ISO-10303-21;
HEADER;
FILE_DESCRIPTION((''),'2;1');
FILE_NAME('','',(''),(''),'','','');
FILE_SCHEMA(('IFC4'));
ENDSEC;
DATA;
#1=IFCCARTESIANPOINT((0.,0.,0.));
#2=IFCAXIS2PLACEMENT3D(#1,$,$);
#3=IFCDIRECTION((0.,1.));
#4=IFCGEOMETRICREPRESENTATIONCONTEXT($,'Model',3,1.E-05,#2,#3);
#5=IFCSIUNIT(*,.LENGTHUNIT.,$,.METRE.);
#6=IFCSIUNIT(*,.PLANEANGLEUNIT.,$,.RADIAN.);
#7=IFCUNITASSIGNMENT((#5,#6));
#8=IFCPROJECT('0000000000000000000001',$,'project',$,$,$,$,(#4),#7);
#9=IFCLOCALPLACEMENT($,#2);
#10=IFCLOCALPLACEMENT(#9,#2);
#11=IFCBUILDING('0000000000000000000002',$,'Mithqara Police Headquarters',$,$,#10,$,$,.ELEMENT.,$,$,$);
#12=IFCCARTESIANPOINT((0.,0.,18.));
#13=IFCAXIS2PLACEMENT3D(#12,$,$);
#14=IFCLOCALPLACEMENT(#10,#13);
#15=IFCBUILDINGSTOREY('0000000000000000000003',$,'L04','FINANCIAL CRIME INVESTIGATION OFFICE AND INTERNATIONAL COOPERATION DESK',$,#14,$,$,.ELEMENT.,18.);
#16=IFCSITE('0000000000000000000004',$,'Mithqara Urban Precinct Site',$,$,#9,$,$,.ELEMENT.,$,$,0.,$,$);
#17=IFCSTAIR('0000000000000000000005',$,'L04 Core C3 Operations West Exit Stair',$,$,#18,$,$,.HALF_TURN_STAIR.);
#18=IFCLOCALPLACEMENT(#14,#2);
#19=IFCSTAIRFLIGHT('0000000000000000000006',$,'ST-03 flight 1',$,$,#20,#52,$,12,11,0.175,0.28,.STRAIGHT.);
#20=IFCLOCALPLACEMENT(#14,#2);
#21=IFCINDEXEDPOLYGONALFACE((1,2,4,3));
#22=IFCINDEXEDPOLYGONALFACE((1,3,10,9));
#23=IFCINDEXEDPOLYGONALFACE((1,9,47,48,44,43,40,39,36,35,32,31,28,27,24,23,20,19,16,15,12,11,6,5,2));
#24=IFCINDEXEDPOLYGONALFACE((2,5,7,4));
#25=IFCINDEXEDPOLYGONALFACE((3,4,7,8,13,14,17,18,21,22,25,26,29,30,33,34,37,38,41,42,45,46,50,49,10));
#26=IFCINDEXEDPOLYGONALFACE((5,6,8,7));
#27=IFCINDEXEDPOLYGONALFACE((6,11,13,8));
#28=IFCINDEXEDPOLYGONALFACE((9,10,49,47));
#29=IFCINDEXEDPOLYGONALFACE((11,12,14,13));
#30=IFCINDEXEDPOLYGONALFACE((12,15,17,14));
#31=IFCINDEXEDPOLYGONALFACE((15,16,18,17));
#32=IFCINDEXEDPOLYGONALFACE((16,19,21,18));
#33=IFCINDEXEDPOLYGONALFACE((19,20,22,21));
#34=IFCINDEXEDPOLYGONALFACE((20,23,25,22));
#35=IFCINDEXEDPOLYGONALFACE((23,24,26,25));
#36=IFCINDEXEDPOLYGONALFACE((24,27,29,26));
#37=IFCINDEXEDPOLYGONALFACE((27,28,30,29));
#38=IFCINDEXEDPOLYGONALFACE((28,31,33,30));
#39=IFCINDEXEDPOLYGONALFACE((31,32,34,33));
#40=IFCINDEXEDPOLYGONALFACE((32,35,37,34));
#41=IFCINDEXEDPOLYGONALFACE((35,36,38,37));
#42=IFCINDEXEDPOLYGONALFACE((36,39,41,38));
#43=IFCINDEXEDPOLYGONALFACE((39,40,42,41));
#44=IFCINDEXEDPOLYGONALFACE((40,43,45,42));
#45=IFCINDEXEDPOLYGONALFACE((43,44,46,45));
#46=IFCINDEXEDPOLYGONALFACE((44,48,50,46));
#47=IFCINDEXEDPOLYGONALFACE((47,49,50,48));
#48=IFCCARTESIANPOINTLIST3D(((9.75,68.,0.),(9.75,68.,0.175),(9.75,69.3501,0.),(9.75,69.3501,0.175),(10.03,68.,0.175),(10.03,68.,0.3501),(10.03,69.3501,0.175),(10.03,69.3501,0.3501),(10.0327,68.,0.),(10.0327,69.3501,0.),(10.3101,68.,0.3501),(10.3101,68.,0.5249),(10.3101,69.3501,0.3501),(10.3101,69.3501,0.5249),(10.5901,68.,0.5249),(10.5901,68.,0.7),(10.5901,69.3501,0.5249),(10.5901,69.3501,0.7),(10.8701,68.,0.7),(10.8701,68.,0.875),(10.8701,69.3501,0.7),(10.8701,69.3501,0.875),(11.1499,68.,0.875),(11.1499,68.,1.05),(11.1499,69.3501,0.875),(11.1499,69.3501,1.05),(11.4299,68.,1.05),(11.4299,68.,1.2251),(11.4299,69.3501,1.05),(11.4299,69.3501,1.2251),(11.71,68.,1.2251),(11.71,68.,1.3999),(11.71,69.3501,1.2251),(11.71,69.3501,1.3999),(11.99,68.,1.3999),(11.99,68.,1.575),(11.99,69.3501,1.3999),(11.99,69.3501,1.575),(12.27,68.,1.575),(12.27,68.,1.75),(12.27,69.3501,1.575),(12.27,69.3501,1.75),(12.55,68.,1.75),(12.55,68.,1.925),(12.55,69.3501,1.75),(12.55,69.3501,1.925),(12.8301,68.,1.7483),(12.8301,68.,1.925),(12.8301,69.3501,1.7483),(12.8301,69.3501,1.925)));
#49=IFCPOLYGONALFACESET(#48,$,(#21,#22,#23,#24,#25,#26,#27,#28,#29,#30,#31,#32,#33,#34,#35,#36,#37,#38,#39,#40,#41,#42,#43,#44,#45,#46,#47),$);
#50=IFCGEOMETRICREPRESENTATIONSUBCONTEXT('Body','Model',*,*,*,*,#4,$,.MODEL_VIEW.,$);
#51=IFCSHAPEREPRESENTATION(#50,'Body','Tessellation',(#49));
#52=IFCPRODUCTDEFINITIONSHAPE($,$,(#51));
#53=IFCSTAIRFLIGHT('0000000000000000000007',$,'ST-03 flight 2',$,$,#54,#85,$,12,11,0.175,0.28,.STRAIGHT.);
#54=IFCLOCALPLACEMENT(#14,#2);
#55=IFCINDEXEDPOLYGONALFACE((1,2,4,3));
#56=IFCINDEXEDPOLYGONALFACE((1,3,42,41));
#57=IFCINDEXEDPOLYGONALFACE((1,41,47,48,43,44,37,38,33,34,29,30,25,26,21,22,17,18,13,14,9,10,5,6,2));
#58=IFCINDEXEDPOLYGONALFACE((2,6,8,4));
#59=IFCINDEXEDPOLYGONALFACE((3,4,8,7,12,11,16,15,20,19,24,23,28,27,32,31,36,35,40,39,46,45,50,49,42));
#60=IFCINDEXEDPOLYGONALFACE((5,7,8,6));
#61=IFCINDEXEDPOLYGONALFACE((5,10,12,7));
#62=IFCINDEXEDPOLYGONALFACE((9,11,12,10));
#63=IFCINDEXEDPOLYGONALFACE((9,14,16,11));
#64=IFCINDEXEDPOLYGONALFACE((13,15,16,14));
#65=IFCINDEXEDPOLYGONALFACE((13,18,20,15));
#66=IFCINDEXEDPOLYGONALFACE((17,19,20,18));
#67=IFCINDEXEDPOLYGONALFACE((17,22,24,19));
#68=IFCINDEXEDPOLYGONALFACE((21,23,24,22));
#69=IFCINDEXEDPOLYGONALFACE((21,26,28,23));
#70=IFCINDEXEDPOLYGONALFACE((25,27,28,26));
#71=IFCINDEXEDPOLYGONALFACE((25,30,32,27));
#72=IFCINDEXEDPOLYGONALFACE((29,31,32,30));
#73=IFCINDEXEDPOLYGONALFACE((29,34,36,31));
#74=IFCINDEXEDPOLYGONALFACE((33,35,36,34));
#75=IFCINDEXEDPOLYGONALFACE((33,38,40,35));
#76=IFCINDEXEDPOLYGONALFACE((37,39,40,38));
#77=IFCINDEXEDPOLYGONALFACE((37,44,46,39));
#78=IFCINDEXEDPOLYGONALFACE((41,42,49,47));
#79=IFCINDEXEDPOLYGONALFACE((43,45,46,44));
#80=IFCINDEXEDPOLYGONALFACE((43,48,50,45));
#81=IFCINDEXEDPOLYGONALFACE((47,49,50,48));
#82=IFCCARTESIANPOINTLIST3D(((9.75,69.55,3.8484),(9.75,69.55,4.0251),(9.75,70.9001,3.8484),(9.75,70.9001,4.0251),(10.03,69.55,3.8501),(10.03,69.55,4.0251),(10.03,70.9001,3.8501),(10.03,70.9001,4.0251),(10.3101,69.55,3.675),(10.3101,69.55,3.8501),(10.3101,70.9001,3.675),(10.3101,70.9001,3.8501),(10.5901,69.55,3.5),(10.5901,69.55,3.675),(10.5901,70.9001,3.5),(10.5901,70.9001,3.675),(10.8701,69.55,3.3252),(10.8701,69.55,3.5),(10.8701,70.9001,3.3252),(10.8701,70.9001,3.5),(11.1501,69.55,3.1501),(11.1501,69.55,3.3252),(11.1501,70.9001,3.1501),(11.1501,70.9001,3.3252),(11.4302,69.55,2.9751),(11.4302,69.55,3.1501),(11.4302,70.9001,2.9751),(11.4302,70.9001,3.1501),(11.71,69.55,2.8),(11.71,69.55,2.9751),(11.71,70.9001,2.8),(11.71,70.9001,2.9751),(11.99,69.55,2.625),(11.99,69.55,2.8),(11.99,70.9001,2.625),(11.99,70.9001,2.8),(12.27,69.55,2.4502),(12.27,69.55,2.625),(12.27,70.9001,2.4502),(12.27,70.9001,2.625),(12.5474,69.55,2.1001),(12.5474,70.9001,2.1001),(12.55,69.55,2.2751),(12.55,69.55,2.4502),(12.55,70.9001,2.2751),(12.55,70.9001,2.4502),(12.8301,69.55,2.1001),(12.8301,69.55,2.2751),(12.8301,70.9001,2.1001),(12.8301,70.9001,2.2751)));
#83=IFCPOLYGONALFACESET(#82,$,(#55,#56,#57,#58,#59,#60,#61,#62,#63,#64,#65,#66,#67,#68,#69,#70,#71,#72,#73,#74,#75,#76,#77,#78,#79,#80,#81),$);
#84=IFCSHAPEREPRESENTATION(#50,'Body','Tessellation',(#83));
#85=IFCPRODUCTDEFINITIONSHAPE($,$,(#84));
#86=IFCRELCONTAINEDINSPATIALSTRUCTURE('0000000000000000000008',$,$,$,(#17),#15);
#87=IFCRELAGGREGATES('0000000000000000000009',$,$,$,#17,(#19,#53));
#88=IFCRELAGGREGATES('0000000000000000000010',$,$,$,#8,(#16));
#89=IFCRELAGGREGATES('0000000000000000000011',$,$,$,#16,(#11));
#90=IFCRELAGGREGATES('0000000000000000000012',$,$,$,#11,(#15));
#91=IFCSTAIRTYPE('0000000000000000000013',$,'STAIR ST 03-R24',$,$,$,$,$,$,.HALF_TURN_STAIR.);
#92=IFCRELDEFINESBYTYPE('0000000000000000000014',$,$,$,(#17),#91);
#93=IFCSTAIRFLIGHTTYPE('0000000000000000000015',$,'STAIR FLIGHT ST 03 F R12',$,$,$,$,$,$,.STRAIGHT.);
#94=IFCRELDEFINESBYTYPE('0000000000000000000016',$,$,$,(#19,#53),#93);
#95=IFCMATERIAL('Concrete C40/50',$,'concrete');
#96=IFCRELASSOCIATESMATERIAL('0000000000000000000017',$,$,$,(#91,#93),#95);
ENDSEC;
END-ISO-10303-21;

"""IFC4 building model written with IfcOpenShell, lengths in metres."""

from ifc_helpers import new_model, si_unit, direction, frame, origin, place, context, subcontext, project, spatial, polyline, outline, extrude, material, type_object, element, aggregate, save


model = new_model("IFC4")

# Units and contexts
model_context = context("Model", 3, precision=1e-05, world=origin(), true_north=direction((0.0, 1.0)))
body_context = subcontext(model_context, "Body", "Model", "MODEL_VIEW")
ifc_project = project(units=[si_unit("LENGTHUNIT", "METRE"), si_unit("PLANEANGLEUNIT", "RADIAN")], contexts=[model_context])

# Site, building, storey
site_placement = place(None, origin())
site = spatial("IfcSite", under=ifc_project, at=site_placement, Name="Mithqara Urban Precinct Site", CompositionType="ELEMENT", RefElevation=0.0)
building_placement = place(site_placement, origin())
building = spatial("IfcBuilding", under=site, at=building_placement, Name="Mithqara Police Headquarters", CompositionType="ELEMENT")
storey_placement = place(building_placement, frame((0.0, 0.0, 18.0)))
storey = spatial("IfcBuildingStorey", under=building, at=storey_placement, Name="L04", Description="FINANCIAL CRIME INVESTIGATION OFFICE AND INTERNATIONAL COOPERATION DESK", CompositionType="ELEMENT", Elevation=18.0)

# Shared definitions
ifc_material_1 = material(Name="Concrete C40/50", Category="concrete")

# Stair, stair flights
stair_type = type_object("IfcStairType", Name="STAIR ST 03-R24", PredefinedType="HALF_TURN_STAIR", material=ifc_material_1)
stair_placement = place(storey_placement, origin())
stair = element("IfcStair", 1, at=stair_placement, inside=storey, type_object=stair_type, Name="L04 Core C3 Operations West Exit Stair", PredefinedType="HALF_TURN_STAIR")
stair_flight_type = type_object("IfcStairFlightType", Name="STAIR FLIGHT ST 03 F R12", PredefinedType="STRAIGHT", material=ifc_material_1)
stair_flight_1_placement = place(storey_placement, frame((9.75, 68.675, 0.0), z_axis=(0.0, 0.0, 1.0), x_axis=(1.0, 0.0, 0.0)))
stair_flight_1 = element("IfcStairFlight", 2, at=stair_flight_1_placement, type_object=stair_flight_type, Name="ST-03 flight 1", NumberOfRisers=12, NumberOfTreads=11, PredefinedType="STRAIGHT", RiserHeight=0.175, TreadLength=0.28, context=body_context, shape_type="SweptSolid", body=[
    extrude(outline(polyline([(0.0, 0.0), (0.0, 0.175), (0.28, 0.175), (0.28, 0.3501), (0.5601, 0.3501), (0.5601, 0.5249), (0.8401, 0.5249), (0.8401, 0.7), (1.1201, 0.7), (1.1201, 0.875), (1.3999, 0.875), (1.3999, 1.05), (1.6799, 1.05), (1.6799, 1.2251), (1.96, 1.2251), (1.96, 1.3999), (2.24, 1.3999), (2.24, 1.575), (2.52, 1.575), (2.52, 1.75), (2.8, 1.75), (2.8, 1.925), (3.0801, 1.925), (3.0801, 2.1001), (3.0801, 1.7483), (0.2827, 0.0), (0.0, 0.0)])), frame((0.0, 0.675, 0.0), z_axis=(0.0, -1.0, 0.0), x_axis=(1.0, 0.0, 0.0)), (0.0, 0.0, 1.0), 1.3501),
])
stair_flight_2_placement = place(storey_placement, frame((12.8301, 70.2251, 2.1001), z_axis=(0.0, 0.0, 1.0), x_axis=(-1.0, 0.0, 0.0)))
stair_flight_2 = element("IfcStairFlight", 3, at=stair_flight_2_placement, type_object=stair_flight_type, Name="ST-03 flight 2", NumberOfRisers=12, NumberOfTreads=11, PredefinedType="STRAIGHT", RiserHeight=0.175, TreadLength=0.28, context=body_context, shape_type="SweptSolid", body=[
    extrude(outline(polyline([(0.0, 0.0), (0.0, 0.175), (0.28, 0.175), (0.28, 0.3501), (0.5601, 0.3501), (0.5601, 0.5249), (0.8401, 0.5249), (0.8401, 0.7), (1.1201, 0.7), (1.1201, 0.875), (1.3999, 0.875), (1.3999, 1.05), (1.6799, 1.05), (1.6799, 1.2251), (1.96, 1.2251), (1.96, 1.3999), (2.24, 1.3999), (2.24, 1.575), (2.52, 1.575), (2.52, 1.75), (2.8, 1.75), (2.8, 1.925), (3.0801, 1.925), (3.0801, 2.1001), (3.0801, 1.7483), (0.2827, 0.0), (0.0, 0.0)])), frame((0.0, 0.675, 0.0), z_axis=(0.0, -1.0, 0.0), x_axis=(1.0, 0.0, 0.0)), (0.0, 0.0, 1.0), 1.3501),
])
aggregate(stair, [stair_flight_1, stair_flight_2])

save(model, "model.ifc")
